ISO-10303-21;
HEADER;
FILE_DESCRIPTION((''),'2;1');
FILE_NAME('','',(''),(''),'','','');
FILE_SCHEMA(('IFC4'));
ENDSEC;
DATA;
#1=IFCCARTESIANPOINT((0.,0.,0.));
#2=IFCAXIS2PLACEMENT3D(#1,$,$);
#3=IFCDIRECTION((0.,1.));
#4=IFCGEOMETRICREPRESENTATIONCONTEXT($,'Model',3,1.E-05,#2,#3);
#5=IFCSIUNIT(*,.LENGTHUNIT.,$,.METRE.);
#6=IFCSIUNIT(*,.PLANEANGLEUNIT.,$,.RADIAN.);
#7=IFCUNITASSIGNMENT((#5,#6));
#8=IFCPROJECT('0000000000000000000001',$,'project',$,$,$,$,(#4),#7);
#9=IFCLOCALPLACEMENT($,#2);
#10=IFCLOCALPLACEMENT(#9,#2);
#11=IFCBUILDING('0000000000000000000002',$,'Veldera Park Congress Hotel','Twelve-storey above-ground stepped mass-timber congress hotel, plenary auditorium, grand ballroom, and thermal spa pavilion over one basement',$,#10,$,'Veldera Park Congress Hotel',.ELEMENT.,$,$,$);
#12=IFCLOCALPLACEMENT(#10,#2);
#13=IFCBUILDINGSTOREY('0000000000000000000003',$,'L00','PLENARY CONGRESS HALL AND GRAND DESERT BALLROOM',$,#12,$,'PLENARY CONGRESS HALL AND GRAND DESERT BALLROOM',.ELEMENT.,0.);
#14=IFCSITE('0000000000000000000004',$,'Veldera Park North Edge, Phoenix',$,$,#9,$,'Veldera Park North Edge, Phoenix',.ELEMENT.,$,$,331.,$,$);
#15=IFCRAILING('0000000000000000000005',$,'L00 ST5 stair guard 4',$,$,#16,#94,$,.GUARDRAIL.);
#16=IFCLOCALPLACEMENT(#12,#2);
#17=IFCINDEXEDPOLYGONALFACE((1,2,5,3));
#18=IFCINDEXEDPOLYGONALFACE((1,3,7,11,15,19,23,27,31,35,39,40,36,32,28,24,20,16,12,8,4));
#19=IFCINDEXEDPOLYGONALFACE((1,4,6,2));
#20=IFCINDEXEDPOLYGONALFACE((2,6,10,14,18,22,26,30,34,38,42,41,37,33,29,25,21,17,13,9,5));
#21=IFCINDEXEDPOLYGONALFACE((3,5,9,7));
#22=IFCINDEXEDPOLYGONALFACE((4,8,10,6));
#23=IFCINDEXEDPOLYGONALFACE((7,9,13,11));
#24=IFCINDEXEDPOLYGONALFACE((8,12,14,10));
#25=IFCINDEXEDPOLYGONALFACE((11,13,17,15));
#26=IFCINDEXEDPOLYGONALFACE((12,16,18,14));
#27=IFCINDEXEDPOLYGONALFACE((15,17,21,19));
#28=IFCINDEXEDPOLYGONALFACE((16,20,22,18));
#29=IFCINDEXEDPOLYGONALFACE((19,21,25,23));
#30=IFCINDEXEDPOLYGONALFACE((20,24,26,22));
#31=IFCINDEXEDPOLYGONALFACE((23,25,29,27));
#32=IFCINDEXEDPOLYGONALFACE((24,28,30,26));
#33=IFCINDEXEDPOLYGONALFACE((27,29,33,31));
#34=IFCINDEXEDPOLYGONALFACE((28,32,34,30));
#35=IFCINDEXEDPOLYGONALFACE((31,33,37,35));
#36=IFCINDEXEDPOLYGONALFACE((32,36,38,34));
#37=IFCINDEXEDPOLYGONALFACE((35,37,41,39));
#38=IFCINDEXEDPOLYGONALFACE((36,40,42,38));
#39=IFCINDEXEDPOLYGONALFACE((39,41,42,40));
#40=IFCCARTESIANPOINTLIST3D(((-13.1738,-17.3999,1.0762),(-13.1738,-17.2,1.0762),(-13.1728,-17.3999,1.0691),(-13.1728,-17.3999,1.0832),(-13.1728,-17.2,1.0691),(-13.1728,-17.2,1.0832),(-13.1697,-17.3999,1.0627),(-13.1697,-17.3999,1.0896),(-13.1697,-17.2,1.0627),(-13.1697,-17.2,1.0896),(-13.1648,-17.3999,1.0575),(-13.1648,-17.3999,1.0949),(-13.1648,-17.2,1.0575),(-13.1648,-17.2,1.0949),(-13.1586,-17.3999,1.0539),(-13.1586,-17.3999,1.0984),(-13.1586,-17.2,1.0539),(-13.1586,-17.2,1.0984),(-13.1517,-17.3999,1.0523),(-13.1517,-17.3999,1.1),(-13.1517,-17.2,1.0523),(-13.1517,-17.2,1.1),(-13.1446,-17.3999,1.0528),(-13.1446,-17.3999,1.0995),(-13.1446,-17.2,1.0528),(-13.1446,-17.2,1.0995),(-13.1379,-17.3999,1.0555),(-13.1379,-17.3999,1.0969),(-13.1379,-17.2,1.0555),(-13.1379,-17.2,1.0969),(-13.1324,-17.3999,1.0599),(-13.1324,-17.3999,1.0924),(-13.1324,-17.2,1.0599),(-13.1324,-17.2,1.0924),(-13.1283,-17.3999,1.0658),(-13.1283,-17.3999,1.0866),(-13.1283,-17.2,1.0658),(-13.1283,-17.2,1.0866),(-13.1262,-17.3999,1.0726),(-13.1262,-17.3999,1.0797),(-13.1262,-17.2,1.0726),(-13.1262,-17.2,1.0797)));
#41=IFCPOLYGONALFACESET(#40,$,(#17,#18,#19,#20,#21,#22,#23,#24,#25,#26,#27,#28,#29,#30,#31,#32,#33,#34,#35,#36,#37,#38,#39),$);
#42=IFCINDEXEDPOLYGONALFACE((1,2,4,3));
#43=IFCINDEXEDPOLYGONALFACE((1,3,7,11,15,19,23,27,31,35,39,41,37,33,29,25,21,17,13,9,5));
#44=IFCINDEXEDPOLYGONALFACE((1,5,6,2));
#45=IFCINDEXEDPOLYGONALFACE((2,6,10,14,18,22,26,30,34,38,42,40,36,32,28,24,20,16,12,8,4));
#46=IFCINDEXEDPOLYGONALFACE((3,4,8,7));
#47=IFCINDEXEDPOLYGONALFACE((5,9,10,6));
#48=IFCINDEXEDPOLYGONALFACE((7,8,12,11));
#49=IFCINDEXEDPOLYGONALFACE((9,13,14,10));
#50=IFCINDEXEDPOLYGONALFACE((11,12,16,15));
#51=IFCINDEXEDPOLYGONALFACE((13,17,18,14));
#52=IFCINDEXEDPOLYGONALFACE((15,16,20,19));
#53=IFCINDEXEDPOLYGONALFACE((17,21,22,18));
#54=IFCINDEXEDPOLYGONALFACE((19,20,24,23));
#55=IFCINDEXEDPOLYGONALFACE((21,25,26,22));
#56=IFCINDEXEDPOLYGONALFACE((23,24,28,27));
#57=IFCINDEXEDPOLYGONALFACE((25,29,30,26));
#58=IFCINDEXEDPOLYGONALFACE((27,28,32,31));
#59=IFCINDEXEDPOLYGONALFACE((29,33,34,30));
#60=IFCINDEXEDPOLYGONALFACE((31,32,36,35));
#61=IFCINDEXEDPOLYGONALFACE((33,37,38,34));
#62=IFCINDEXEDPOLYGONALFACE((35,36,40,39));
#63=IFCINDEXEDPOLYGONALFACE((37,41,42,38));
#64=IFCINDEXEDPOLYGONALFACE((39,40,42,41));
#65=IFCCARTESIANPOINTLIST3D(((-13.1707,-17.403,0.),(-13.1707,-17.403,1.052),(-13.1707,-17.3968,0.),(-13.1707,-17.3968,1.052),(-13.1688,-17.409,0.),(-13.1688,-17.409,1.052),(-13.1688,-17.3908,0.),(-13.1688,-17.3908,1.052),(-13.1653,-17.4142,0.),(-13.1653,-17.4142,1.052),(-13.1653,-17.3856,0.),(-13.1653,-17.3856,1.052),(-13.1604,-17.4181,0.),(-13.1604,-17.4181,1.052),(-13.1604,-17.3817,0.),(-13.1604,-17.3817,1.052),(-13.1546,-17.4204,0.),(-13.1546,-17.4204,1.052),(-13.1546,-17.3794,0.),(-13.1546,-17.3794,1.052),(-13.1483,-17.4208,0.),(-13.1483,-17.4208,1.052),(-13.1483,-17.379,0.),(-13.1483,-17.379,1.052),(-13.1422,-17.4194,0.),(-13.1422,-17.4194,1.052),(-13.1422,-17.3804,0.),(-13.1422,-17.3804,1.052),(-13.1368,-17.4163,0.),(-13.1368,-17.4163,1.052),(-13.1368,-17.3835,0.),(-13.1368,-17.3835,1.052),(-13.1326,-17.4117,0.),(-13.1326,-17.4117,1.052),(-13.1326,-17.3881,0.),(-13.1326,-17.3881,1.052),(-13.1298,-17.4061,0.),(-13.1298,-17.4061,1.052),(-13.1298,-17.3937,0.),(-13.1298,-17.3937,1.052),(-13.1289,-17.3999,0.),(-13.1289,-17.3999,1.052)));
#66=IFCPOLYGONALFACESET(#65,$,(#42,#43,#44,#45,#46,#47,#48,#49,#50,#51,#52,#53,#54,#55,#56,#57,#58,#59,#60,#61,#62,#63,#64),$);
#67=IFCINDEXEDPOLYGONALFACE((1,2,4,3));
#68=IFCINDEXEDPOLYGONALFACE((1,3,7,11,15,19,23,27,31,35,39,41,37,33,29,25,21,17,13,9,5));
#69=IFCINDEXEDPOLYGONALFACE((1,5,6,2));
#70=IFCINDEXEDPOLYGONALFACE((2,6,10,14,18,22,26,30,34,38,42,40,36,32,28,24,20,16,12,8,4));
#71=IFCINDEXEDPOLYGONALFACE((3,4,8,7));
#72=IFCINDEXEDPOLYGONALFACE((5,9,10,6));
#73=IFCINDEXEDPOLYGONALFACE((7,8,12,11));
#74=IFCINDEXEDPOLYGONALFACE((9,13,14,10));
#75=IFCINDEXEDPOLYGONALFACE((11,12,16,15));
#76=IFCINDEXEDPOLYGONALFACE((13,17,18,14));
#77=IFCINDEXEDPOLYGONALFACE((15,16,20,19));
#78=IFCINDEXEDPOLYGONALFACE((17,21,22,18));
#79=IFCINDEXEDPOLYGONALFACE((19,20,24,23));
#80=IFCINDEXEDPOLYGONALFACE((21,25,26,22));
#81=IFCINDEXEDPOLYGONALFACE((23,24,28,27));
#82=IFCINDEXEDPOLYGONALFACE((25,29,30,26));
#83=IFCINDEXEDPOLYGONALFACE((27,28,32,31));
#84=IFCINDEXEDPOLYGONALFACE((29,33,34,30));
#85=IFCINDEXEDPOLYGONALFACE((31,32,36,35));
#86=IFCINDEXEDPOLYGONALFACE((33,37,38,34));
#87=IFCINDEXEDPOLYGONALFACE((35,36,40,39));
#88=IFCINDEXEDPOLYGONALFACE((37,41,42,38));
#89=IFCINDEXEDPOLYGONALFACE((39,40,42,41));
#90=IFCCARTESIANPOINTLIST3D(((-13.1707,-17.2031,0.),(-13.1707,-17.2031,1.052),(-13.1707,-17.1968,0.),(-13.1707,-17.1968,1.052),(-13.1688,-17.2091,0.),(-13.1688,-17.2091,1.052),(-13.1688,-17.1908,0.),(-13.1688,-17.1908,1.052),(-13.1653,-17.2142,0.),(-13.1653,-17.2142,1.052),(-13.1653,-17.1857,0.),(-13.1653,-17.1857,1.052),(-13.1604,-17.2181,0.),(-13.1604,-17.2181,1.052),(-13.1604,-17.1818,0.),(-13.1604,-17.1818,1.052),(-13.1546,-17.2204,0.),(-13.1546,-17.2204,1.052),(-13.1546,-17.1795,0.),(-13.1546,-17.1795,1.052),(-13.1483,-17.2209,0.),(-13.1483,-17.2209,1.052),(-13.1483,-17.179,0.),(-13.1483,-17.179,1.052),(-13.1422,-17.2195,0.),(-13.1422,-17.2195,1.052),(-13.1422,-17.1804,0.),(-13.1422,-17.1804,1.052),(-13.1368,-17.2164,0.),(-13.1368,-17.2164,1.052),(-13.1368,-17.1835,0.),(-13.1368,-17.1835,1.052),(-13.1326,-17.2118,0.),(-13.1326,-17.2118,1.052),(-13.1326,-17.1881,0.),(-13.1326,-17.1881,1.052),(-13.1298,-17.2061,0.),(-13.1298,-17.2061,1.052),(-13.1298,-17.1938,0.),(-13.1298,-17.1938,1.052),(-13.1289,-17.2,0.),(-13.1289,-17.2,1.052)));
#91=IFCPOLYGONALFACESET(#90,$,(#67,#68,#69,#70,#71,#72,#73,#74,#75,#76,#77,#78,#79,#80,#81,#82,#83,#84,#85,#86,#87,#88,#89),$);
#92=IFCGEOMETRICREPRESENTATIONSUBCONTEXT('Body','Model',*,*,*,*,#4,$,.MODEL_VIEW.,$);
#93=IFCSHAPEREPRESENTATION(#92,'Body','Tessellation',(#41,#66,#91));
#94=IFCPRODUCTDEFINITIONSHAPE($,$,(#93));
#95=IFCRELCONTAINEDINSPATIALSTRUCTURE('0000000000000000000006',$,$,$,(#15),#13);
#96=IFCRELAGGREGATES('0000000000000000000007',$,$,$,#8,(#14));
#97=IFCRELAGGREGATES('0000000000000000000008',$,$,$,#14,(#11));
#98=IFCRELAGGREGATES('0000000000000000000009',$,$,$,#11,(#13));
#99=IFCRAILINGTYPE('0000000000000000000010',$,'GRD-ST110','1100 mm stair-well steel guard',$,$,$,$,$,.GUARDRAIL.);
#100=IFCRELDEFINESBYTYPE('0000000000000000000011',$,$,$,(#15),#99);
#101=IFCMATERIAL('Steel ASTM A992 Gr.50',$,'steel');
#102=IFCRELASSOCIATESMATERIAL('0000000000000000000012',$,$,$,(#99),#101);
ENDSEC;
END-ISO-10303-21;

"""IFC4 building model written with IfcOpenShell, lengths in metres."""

from ifc_helpers import new_model, si_unit, direction, frame, origin, origin_2d, place, context, subcontext, project, spatial, circle, extrude, material, type_object, element, save


model = new_model("IFC4")

# Units and contexts
model_context = context("Model", 3, precision=1e-05, world=origin(), true_north=direction((0.0, 1.0)))
body_context = subcontext(model_context, "Body", "Model", "MODEL_VIEW")
ifc_project = project(units=[si_unit("LENGTHUNIT", "METRE"), si_unit("PLANEANGLEUNIT", "RADIAN")], contexts=[model_context])

# Site, building, storey
site_placement = place(None, origin())
site = spatial("IfcSite", under=ifc_project, at=site_placement, Name="Veldera Park North Edge, Phoenix", LongName="Veldera Park North Edge, Phoenix", CompositionType="ELEMENT", RefElevation=331.0)
building_placement = place(site_placement, origin())
building = spatial("IfcBuilding", under=site, at=building_placement, Name="Veldera Park Congress Hotel", Description="Twelve-storey above-ground stepped mass-timber congress hotel, plenary auditorium, grand ballroom, and thermal spa pavilion over one basement", LongName="Veldera Park Congress Hotel", CompositionType="ELEMENT")
storey_placement = place(building_placement, origin())
storey = spatial("IfcBuildingStorey", under=building, at=storey_placement, Name="L00", Description="PLENARY CONGRESS HALL AND GRAND DESERT BALLROOM", LongName="PLENARY CONGRESS HALL AND GRAND DESERT BALLROOM", CompositionType="ELEMENT", Elevation=0.0)

# Shared definitions
ifc_material_1 = material(Name="Steel ASTM A992 Gr.50", Category="steel")

# Railing
railing_type_1 = type_object("IfcRailingType", Name="GRD-ST110", Description="1100 mm stair-well steel guard", PredefinedType="GUARDRAIL", material=ifc_material_1)
railing_1_placement = place(storey_placement, frame((-13.1499, -17.3999, 0.0)))
element("IfcRailing", 1, at=railing_1_placement, inside=storey, type_object=railing_type_1, Name="L00 ST5 stair guard 4", PredefinedType="GUARDRAIL", context=body_context, shape_type="SweptSolid", body=[
    extrude(circle(Radius=0.0239, at=origin_2d()), frame((0.0, 0.0, 1.0762), z_axis=(0.0, 1.0, 0.0), x_axis=(-1.0, 0.0, 0.0)), (0.0, 0.0, 1.0), 0.2),
    extrude(circle(Radius=0.021, at=origin_2d()), origin(), (0.0, 0.0, 1.0), 1.052),
    extrude(circle(Radius=0.021, at=origin_2d()), frame((0.0, 0.2, 0.0)), (0.0, 0.0, 1.0), 1.052),
])

save(model, "model.ifc")
